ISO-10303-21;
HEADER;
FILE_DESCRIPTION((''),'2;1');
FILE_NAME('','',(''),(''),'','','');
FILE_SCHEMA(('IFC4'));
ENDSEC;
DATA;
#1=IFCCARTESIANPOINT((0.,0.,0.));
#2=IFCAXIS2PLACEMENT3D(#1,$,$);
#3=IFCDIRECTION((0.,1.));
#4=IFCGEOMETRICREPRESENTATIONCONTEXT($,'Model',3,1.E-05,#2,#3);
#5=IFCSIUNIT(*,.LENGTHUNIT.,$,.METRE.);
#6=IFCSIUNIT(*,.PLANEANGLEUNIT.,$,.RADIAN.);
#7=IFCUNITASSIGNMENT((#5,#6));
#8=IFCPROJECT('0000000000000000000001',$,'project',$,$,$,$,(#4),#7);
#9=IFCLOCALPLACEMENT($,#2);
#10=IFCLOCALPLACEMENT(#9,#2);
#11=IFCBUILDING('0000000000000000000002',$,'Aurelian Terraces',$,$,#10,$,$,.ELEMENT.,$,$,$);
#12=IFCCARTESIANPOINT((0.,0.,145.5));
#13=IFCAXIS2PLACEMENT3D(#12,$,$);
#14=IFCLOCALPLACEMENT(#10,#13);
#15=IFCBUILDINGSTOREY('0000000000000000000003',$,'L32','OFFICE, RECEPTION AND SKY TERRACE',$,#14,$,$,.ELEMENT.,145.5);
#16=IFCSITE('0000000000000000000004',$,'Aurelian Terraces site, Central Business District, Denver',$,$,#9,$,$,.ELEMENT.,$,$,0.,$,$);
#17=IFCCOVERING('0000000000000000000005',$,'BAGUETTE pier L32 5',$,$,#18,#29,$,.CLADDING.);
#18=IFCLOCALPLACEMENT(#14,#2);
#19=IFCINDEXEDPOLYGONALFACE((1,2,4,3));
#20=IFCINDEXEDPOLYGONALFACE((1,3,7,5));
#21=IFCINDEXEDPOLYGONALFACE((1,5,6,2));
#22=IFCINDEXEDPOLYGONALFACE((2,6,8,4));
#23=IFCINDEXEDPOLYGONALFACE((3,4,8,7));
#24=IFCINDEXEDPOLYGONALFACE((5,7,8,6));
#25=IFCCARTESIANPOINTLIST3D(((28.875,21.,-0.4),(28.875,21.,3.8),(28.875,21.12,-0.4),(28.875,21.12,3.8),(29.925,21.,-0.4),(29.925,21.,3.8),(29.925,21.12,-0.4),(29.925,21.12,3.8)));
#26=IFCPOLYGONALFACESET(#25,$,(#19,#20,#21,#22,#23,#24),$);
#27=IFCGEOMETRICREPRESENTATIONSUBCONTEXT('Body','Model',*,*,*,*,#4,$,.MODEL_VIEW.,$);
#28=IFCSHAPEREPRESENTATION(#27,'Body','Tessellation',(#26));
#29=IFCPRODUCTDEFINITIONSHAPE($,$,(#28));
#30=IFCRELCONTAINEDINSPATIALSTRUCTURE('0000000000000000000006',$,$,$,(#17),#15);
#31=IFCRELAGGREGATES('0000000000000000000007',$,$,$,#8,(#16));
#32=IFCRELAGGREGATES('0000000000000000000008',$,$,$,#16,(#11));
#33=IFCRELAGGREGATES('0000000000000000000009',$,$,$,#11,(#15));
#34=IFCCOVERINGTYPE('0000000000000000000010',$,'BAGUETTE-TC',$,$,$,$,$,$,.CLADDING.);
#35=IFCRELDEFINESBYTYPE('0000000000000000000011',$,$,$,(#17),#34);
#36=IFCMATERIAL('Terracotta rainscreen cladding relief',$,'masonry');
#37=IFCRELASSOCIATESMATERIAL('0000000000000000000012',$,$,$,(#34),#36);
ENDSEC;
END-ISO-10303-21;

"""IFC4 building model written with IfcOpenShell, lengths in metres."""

from ifc_helpers import new_model, si_unit, direction, frame, origin, origin_2d, place, context, subcontext, project, spatial, rectangle, extrude, source, transform, mapped, material, type_object, element, save


model = new_model("IFC4")

# Units and contexts
model_context = context("Model", 3, precision=1e-05, world=origin(), true_north=direction((0.0, 1.0)))
body_context = subcontext(model_context, "Body", "Model", "MODEL_VIEW")
ifc_project = project(units=[si_unit("LENGTHUNIT", "METRE"), si_unit("PLANEANGLEUNIT", "RADIAN")], contexts=[model_context])

# Site, building, storey
site_placement = place(None, origin())
site = spatial("IfcSite", under=ifc_project, at=site_placement, Name="Aurelian Terraces site, Central Business District, Denver", CompositionType="ELEMENT", RefElevation=0.0)
building_placement = place(site_placement, origin())
building = spatial("IfcBuilding", under=site, at=building_placement, Name="Aurelian Terraces", CompositionType="ELEMENT")
storey_placement = place(building_placement, frame((0.0, 0.0, 145.5)))
storey = spatial("IfcBuildingStorey", under=building, at=storey_placement, Name="L32", Description="OFFICE, RECEPTION AND SKY TERRACE", CompositionType="ELEMENT", Elevation=145.5)

# Covering
ifc_material_1 = material(Name="Terracotta rainscreen cladding relief", Category="masonry")
covering_type = type_object("IfcCoveringType", Name="BAGUETTE-TC", PredefinedType="CLADDING", material=ifc_material_1)
shared_shape_1 = source(origin(), body_context, "Body", "SweptSolid", [
    extrude(rectangle(XDim=1.05, YDim=0.12, at=origin_2d()), origin(), (0.0, 0.0, 1.0), 4.2),
])
covering_placement = place(storey_placement, frame((29.4, 21.06, -0.4), z_axis=(0.0, 0.0, 1.0), x_axis=(1.0, 0.0, 0.0)))
element("IfcCovering", 1, at=covering_placement, inside=storey, type_object=covering_type, Name="BAGUETTE pier L32 5", PredefinedType="CLADDING", context=body_context, shape_type="MappedRepresentation", body=[
    mapped(shared_shape_1, transform((0.0, 0.0, 0.0), scale=1.0)),
])

save(model, "model.ifc")
